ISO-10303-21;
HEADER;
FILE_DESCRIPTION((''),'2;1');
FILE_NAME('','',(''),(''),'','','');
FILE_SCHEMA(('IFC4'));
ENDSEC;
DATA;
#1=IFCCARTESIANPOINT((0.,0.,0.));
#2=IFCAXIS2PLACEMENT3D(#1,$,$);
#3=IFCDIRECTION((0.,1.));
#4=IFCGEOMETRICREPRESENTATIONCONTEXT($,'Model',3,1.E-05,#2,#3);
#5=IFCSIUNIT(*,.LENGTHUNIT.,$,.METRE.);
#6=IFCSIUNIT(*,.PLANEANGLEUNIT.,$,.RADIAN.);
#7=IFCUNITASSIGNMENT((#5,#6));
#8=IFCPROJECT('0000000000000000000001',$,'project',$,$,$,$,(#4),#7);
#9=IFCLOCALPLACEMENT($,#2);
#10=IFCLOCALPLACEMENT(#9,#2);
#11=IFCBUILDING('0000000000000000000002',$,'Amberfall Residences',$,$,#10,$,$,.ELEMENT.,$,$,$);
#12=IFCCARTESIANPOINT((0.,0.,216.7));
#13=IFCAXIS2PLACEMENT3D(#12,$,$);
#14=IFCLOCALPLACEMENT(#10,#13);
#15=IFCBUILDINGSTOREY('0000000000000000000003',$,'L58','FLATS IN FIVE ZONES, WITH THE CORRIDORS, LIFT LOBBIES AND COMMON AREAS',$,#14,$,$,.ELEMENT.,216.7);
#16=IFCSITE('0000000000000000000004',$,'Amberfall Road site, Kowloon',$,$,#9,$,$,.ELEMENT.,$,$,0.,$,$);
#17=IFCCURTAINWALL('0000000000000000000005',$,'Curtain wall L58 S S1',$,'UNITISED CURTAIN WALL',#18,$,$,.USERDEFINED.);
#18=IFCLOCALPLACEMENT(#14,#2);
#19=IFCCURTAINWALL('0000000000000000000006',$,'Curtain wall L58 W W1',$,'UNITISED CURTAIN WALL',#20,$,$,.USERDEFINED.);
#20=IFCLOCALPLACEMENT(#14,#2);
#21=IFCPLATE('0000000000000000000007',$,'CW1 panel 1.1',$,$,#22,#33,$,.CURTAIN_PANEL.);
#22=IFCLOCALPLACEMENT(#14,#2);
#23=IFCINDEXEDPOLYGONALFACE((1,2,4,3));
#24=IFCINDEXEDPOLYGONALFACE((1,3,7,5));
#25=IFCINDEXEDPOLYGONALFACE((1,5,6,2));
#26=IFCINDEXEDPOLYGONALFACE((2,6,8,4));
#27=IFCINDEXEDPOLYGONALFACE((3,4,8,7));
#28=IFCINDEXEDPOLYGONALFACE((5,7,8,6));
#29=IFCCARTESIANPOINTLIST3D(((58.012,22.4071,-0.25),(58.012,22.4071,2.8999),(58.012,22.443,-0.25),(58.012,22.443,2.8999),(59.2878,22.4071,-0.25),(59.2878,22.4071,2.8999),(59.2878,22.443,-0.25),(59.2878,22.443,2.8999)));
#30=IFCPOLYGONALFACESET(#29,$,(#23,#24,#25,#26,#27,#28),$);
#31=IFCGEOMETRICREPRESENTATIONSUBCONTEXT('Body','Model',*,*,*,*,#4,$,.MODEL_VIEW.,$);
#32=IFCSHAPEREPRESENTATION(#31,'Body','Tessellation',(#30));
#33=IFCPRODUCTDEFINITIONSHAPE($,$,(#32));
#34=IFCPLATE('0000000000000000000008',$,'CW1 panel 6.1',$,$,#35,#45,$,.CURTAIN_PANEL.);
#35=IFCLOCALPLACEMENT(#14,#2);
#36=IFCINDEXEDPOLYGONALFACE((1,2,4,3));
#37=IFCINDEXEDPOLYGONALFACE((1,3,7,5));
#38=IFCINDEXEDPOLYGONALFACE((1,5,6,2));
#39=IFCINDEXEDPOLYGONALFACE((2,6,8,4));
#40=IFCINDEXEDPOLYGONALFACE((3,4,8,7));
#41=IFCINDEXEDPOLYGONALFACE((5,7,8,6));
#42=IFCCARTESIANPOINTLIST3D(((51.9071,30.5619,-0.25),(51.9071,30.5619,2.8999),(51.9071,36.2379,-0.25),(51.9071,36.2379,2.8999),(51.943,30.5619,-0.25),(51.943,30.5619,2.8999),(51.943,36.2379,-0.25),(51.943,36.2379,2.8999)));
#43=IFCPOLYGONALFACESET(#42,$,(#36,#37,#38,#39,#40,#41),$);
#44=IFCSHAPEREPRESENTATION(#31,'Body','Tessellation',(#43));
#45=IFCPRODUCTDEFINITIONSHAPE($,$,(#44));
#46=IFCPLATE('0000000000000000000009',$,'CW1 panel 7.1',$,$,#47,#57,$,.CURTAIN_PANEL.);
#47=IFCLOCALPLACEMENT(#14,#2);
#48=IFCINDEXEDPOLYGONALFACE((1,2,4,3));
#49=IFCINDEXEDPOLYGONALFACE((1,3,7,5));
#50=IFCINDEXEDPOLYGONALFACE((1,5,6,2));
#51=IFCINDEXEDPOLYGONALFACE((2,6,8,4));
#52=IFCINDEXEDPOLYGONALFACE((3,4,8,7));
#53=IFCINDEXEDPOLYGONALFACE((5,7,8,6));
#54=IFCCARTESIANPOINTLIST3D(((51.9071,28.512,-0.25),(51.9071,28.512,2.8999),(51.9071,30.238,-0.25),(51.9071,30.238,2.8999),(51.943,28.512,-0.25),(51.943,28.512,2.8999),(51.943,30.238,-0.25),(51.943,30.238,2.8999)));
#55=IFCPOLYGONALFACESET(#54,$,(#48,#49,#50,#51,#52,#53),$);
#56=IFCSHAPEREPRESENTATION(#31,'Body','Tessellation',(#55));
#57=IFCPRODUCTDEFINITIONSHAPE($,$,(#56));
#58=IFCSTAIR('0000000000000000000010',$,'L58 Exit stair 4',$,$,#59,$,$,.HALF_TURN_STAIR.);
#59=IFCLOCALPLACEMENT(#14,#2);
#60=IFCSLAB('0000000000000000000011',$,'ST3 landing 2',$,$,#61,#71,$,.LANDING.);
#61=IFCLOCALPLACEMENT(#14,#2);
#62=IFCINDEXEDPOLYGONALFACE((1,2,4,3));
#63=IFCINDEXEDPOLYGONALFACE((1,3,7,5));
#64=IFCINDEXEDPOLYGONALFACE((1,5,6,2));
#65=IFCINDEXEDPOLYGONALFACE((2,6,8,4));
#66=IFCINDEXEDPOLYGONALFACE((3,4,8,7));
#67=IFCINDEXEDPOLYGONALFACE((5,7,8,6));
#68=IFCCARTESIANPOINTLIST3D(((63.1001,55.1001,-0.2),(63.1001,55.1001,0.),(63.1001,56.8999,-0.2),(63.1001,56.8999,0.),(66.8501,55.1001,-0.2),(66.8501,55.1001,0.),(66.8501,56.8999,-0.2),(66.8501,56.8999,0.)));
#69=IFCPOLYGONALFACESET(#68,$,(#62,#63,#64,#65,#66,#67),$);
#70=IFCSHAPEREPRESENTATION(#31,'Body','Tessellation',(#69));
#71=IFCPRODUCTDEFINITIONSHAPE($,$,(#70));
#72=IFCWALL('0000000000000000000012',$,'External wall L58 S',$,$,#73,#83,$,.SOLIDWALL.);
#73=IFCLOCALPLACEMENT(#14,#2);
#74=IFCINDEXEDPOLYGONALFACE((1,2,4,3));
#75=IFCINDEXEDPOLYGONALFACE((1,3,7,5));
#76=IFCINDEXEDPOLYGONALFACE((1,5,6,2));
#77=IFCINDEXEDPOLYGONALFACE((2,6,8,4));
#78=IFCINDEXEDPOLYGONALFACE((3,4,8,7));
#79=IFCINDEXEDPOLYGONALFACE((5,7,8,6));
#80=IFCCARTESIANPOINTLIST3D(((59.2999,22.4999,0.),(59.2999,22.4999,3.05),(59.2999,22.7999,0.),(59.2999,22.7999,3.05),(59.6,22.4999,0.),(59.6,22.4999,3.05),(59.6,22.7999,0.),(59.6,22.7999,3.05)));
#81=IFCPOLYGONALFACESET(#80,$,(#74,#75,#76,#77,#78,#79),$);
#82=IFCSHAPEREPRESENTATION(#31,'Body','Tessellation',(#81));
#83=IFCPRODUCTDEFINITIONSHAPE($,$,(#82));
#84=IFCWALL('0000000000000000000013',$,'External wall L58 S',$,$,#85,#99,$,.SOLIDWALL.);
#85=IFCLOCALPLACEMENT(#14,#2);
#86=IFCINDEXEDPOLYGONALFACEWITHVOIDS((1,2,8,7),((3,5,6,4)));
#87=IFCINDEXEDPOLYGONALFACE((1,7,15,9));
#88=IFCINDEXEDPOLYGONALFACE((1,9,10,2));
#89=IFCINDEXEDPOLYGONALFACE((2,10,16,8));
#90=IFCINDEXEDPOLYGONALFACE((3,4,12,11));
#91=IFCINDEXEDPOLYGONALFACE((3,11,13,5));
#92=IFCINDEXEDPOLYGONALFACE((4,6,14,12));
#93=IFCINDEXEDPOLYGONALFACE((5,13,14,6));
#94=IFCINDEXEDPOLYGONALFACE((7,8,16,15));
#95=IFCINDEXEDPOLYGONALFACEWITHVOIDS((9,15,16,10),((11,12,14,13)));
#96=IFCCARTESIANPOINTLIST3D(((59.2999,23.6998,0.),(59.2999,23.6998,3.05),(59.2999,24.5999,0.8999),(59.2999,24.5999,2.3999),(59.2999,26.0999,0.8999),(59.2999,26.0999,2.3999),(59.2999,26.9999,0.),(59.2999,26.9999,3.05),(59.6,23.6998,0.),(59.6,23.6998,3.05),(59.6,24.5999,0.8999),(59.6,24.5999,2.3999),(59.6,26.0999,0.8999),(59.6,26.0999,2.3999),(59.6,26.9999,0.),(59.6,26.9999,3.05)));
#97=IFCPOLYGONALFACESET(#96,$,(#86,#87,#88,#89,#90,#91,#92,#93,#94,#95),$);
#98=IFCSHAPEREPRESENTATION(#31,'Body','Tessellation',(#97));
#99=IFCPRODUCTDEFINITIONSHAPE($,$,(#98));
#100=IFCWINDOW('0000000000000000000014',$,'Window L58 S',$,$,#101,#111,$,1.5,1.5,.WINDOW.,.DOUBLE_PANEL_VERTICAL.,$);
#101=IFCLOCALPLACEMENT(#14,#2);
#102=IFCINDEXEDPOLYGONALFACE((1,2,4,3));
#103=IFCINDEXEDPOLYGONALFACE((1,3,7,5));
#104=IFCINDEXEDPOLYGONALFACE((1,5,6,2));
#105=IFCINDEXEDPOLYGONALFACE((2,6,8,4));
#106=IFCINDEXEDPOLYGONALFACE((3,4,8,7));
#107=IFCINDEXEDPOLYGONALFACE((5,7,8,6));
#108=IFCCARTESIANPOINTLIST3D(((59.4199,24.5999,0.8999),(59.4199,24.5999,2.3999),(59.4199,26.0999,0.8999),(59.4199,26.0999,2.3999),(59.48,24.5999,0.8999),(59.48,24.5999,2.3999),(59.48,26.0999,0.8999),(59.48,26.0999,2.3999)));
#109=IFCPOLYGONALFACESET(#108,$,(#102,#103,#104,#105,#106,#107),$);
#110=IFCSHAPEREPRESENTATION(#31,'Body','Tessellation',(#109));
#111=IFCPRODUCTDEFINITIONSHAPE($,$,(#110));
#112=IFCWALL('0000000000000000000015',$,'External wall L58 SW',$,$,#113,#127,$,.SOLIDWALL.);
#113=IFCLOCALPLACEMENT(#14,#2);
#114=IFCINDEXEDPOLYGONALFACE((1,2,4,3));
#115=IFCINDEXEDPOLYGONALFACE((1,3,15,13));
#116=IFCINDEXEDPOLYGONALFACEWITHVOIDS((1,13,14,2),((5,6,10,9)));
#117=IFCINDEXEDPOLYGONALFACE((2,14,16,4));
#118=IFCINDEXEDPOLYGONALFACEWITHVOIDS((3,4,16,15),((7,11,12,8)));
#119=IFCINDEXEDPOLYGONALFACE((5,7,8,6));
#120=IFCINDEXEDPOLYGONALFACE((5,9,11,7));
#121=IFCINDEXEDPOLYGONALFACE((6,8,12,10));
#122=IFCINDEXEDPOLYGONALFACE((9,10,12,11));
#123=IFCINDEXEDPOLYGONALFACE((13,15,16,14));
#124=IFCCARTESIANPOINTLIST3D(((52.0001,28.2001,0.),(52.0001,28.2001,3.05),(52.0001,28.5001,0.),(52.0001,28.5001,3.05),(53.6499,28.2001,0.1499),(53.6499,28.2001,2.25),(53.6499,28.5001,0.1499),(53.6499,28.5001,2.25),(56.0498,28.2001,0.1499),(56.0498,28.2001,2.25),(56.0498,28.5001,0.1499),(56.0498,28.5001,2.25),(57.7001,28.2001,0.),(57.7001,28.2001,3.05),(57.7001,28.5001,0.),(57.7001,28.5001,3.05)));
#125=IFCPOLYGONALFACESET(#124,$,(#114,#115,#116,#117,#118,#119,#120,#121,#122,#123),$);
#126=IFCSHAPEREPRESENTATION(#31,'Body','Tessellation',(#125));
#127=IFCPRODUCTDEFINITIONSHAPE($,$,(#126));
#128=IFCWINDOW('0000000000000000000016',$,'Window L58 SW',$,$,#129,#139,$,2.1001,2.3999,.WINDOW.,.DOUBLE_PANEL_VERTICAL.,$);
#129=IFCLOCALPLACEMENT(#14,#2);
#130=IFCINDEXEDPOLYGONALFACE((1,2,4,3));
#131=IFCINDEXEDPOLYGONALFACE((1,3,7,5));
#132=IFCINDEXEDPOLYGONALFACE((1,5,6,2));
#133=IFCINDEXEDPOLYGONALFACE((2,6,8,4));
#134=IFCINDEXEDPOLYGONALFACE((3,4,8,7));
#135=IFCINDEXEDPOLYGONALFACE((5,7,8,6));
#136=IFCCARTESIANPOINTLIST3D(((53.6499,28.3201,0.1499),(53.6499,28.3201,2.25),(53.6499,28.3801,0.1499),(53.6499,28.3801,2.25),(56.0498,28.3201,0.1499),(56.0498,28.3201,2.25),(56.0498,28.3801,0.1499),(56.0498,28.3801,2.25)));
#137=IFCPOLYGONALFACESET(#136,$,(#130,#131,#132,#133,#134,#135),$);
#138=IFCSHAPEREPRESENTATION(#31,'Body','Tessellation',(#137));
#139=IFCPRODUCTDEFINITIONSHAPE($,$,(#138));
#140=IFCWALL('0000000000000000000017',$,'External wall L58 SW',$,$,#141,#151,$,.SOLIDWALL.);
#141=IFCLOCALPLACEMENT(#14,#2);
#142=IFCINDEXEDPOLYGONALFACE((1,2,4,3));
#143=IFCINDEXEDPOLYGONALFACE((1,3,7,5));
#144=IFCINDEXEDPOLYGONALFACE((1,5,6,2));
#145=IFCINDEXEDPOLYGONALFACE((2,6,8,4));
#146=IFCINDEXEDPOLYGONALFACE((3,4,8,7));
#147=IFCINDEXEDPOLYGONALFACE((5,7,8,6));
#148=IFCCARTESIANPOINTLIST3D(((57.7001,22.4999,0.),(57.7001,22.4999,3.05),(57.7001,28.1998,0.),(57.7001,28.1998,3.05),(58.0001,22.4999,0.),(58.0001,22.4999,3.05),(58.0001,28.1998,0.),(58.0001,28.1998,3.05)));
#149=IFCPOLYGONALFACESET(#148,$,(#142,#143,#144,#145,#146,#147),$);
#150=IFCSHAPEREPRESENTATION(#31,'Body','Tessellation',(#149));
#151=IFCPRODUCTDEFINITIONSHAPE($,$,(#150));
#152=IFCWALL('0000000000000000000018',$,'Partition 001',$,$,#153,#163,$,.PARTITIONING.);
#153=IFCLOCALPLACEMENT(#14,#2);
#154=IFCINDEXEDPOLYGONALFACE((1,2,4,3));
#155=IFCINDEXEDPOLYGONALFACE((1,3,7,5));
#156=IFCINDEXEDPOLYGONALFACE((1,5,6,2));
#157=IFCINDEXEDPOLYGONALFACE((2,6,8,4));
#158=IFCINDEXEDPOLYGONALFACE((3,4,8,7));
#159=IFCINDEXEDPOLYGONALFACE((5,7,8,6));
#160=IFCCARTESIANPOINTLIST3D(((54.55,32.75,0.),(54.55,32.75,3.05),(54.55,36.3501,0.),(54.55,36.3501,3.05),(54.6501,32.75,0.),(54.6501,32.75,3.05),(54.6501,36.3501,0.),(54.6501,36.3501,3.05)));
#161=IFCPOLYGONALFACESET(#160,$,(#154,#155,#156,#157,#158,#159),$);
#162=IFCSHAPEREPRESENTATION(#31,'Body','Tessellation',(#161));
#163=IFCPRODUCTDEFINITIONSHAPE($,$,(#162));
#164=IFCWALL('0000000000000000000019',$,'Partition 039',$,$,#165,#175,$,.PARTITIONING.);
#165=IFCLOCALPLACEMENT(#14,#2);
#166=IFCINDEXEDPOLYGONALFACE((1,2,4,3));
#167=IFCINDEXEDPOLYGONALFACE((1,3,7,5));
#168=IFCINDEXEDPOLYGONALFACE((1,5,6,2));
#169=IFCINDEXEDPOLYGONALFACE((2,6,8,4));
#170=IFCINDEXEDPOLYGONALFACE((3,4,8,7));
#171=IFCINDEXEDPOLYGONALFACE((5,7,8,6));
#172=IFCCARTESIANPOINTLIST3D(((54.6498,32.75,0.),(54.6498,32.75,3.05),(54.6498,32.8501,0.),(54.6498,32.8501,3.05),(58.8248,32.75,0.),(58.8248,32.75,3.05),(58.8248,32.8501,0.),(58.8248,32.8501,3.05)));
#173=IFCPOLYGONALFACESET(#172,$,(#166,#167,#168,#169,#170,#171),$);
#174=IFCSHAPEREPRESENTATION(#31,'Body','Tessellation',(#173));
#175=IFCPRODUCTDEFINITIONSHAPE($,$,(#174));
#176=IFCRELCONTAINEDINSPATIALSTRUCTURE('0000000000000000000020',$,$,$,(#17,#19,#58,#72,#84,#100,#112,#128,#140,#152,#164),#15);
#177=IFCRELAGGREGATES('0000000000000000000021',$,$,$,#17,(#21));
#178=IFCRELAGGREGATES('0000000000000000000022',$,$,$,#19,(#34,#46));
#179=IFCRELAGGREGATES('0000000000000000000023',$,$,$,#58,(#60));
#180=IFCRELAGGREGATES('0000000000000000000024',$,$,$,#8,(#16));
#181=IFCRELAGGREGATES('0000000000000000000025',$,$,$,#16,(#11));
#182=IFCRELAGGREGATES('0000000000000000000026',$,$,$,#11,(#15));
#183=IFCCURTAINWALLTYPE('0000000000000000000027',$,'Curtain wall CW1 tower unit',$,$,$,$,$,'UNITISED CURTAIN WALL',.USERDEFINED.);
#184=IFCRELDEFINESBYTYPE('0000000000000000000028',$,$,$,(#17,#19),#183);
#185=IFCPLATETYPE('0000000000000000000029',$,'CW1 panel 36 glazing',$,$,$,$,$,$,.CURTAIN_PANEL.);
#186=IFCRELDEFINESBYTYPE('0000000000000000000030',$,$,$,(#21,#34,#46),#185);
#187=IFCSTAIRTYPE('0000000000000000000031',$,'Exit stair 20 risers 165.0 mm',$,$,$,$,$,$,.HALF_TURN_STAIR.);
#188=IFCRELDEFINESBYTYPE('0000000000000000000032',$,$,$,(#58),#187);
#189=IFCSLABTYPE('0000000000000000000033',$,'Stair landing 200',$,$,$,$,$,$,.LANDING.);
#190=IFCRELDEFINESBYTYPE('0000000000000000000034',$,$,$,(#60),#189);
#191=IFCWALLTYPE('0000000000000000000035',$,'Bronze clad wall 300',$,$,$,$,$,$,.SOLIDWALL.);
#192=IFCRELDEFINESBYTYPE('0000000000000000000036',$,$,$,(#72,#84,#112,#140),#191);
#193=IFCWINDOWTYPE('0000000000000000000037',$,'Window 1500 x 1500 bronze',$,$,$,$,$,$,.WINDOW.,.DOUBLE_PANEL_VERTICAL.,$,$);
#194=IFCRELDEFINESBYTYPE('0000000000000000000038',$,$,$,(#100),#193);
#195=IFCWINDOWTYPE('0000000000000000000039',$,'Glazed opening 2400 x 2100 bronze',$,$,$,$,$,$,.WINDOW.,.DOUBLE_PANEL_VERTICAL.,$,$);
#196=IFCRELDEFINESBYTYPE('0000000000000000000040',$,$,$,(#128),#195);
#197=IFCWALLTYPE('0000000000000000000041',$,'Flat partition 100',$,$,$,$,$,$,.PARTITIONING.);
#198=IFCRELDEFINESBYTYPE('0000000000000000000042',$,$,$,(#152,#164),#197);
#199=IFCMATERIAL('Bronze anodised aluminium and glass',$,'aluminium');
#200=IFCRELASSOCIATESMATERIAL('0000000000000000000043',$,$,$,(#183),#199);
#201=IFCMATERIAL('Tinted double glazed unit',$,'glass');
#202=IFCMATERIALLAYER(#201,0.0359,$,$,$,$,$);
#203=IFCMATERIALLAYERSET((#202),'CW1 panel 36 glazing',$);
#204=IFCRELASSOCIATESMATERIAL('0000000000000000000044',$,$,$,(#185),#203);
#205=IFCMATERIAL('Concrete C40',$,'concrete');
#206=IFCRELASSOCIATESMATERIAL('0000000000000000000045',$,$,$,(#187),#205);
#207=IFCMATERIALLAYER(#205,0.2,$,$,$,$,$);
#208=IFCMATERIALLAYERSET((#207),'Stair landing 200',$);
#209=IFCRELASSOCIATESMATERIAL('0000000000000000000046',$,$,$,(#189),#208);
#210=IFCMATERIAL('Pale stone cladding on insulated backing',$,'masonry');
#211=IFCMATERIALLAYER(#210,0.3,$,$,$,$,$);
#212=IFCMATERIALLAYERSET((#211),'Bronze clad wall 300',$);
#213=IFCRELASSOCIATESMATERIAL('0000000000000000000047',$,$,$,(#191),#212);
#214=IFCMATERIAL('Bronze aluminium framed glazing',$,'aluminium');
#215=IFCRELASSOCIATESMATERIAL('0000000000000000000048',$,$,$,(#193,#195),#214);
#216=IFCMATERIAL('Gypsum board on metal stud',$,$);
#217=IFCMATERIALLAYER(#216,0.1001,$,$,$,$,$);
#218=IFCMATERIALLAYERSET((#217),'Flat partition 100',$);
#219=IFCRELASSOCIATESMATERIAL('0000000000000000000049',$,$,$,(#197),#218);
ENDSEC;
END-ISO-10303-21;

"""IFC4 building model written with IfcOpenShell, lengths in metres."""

from ifc_helpers import new_model, si_unit, direction, frame, frame_2d, origin, origin_2d, place, context, subcontext, project, spatial, polyline, rectangle, outline, extrude, material, layer, layer_set, type_object, element, fill, aggregate, save


model = new_model("IFC4")

# Units and contexts
model_context = context("Model", 3, precision=1e-05, world=origin(), true_north=direction((0.0, 1.0)))
body_context = subcontext(model_context, "Body", "Model", "MODEL_VIEW")
ifc_project = project(units=[si_unit("LENGTHUNIT", "METRE"), si_unit("PLANEANGLEUNIT", "RADIAN")], contexts=[model_context])

# Site, building, storey
site_placement = place(None, origin())
site = spatial("IfcSite", under=ifc_project, at=site_placement, Name="Amberfall Road site, Kowloon", CompositionType="ELEMENT", RefElevation=0.0)
building_placement = place(site_placement, origin())
building = spatial("IfcBuilding", under=site, at=building_placement, Name="Amberfall Residences", CompositionType="ELEMENT")
storey_placement = place(building_placement, frame((0.0, 0.0, 216.7)))
storey = spatial("IfcBuildingStorey", under=building, at=storey_placement, Name="L58", Description="FLATS IN FIVE ZONES, WITH THE CORRIDORS, LIFT LOBBIES AND COMMON AREAS", CompositionType="ELEMENT", Elevation=216.7)

# Curtain walls
ifc_material_1 = material(Name="Bronze anodised aluminium and glass", Category="aluminium")
curtain_wall_type = type_object("IfcCurtainWallType", Name="Curtain wall CW1 tower unit", ElementType="UNITISED CURTAIN WALL", PredefinedType="USERDEFINED", material=ifc_material_1)
curtain_wall_1_placement = place(storey_placement, origin())
curtain_wall_1 = element("IfcCurtainWall", 1, at=curtain_wall_1_placement, inside=storey, type_object=curtain_wall_type, Name="Curtain wall L58 S S1", ObjectType="UNITISED CURTAIN WALL", PredefinedType="USERDEFINED")
curtain_wall_2_placement = place(storey_placement, origin())
curtain_wall_2 = element("IfcCurtainWall", 2, at=curtain_wall_2_placement, inside=storey, type_object=curtain_wall_type, Name="Curtain wall L58 W W1", ObjectType="UNITISED CURTAIN WALL", PredefinedType="USERDEFINED")

# Plates
ifc_material_2 = material(Name="Tinted double glazed unit", Category="glass")
ifc_layer_1 = layer(ifc_material_2, 0.0359)
ifc_layer_set_1 = layer_set([ifc_layer_1], Name="CW1 panel 36 glazing")
plate_type = type_object("IfcPlateType", Name="CW1 panel 36 glazing", PredefinedType="CURTAIN_PANEL", material=ifc_layer_set_1)
plate_1_placement = place(storey_placement, frame((58.6499, 22.425, -0.25), z_axis=(0.0, 0.0, 1.0), x_axis=(1.0, 0.0, 0.0)))
plate_1 = element("IfcPlate", 3, at=plate_1_placement, type_object=plate_type, Name="CW1 panel 1.1", PredefinedType="CURTAIN_PANEL", context=body_context, shape_type="SweptSolid", body=[
    extrude(rectangle(XDim=1.2759, YDim=0.0359, at=origin_2d()), origin(), (0.0, 0.0, 1.0), 3.1499),
])
aggregate(curtain_wall_1, [plate_1])
plate_2_placement = place(storey_placement, frame((51.925, 33.3999, -0.25), z_axis=(0.0, 0.0, 1.0), x_axis=(0.0, -1.0, 0.0)))
plate_2 = element("IfcPlate", 4, at=plate_2_placement, type_object=plate_type, Name="CW1 panel 6.1", PredefinedType="CURTAIN_PANEL", context=body_context, shape_type="SweptSolid", body=[
    extrude(rectangle(XDim=5.676, YDim=0.0359, at=origin_2d()), origin(), (0.0, 0.0, 1.0), 3.1499),
])
plate_3_placement = place(storey_placement, frame((51.925, 29.375, -0.25), z_axis=(0.0, 0.0, 1.0), x_axis=(0.0, -1.0, 0.0)))
plate_3 = element("IfcPlate", 5, at=plate_3_placement, type_object=plate_type, Name="CW1 panel 7.1", PredefinedType="CURTAIN_PANEL", context=body_context, shape_type="SweptSolid", body=[
    extrude(rectangle(XDim=1.7261, YDim=0.0359, at=origin_2d()), origin(), (0.0, 0.0, 1.0), 3.1499),
])
aggregate(curtain_wall_2, [plate_2, plate_3])

# Stair, slab
ifc_material_3 = material(Name="Concrete C40", Category="concrete")
stair_type = type_object("IfcStairType", Name="Exit stair 20 risers 165.0 mm", PredefinedType="HALF_TURN_STAIR", material=ifc_material_3)
stair_placement = place(storey_placement, origin())
stair = element("IfcStair", 6, at=stair_placement, inside=storey, type_object=stair_type, Name="L58 Exit stair 4", PredefinedType="HALF_TURN_STAIR")
ifc_layer_2 = layer(ifc_material_3, 0.2)
ifc_layer_set_2 = layer_set([ifc_layer_2], Name="Stair landing 200")
slab_type = type_object("IfcSlabType", Name="Stair landing 200", PredefinedType="LANDING", material=ifc_layer_set_2)
slab_placement = place(storey_placement, frame((0.0, 0.0, -0.2)))
slab = element("IfcSlab", 7, at=slab_placement, type_object=slab_type, Name="ST3 landing 2", PredefinedType="LANDING", context=body_context, shape_type="SweptSolid", body=[
    extrude(outline(polyline([(63.1001, 56.8999), (63.1001, 55.1001), (66.8501, 55.1001), (66.8501, 56.8999), (63.1001, 56.8999)])), origin(), (0.0, 0.0, 1.0), 0.2),
])
aggregate(stair, [slab])

# Wall
ifc_material_4 = material(Name="Pale stone cladding on insulated backing", Category="masonry")
ifc_layer_3 = layer(ifc_material_4, 0.3)
ifc_layer_set_3 = layer_set([ifc_layer_3], Name="Bronze clad wall 300")
wall_type_1 = type_object("IfcWallType", Name="Bronze clad wall 300", PredefinedType="SOLIDWALL", material=ifc_layer_set_3)
wall_1_placement = place(storey_placement, frame((59.45, 22.5, 0.0), z_axis=(0.0, 0.0, 1.0), x_axis=(0.0, 1.0, 0.0)))
element("IfcWall", 8, at=wall_1_placement, inside=storey, type_object=wall_type_1, Name="External wall L58 S", PredefinedType="SOLIDWALL", context=body_context, shape_type="SweptSolid", body=[
    extrude(rectangle(XDim=0.3, YDim=0.3, at=frame_2d((0.1499, 0.0))), origin(), (0.0, 0.0, 1.0), 3.05),
])

# Walls, openings, windows
wall_2_placement = place(storey_placement, frame((59.45, 23.7, 0.0), z_axis=(0.0, 0.0, 1.0), x_axis=(0.0, 1.0, 0.0)))
wall_2 = element("IfcWall", 9, at=wall_2_placement, inside=storey, type_object=wall_type_1, Name="External wall L58 S", PredefinedType="SOLIDWALL", context=body_context, shape_type="SweptSolid", body=[
    extrude(rectangle(XDim=3.3, YDim=0.3, at=frame_2d((1.6499, 0.0))), origin(), (0.0, 0.0, 1.0), 3.05),
])
opening_1_placement = place(wall_2_placement, frame((0.8999, 0.0, 0.8999)))
opening_1 = element("IfcOpeningElement", 10, at=opening_1_placement, cuts=wall_2, PredefinedType="OPENING", context=body_context, shape_type="SweptSolid", body=[
    extrude(rectangle(XDim=1.5, YDim=1.5, at=frame_2d((0.75, 0.75))), frame((0.0, 0.1599, 0.0), z_axis=(0.0, -1.0, 0.0), x_axis=(1.0, 0.0, 0.0)), (0.0, 0.0, 1.0), 0.3201),
])
ifc_material_5 = material(Name="Bronze aluminium framed glazing", Category="aluminium")
window_type_1 = type_object("IfcWindowType", Name="Window 1500 x 1500 bronze", PartitioningType="DOUBLE_PANEL_VERTICAL", PredefinedType="WINDOW", material=ifc_material_5)
window_1_placement = place(opening_1_placement, origin())
window_1 = element("IfcWindow", 11, at=window_1_placement, inside=storey, type_object=window_type_1, Name="Window L58 S", OverallHeight=1.5, OverallWidth=1.5, PartitioningType="DOUBLE_PANEL_VERTICAL", PredefinedType="WINDOW", context=body_context, shape_type="SweptSolid", body=[
    extrude(rectangle(XDim=1.5, YDim=1.5, at=frame_2d((0.75, 0.75))), frame((0.0, 0.03, 0.0), z_axis=(0.0, -1.0, 0.0), x_axis=(1.0, 0.0, 0.0)), (0.0, 0.0, 1.0), 0.0601),
])
fill(opening_1, window_1)
wall_3_placement = place(storey_placement, frame((52.0, 28.3501, 0.0), z_axis=(0.0, 0.0, 1.0), x_axis=(1.0, 0.0, 0.0)))
wall_3 = element("IfcWall", 12, at=wall_3_placement, inside=storey, type_object=wall_type_1, Name="External wall L58 SW", PredefinedType="SOLIDWALL", context=body_context, shape_type="SweptSolid", body=[
    extrude(rectangle(XDim=5.7, YDim=0.3, at=frame_2d((2.8501, 0.0))), origin(), (0.0, 0.0, 1.0), 3.05),
])
opening_2_placement = place(wall_3_placement, frame((1.6499, 0.0, 0.1499)))
opening_2 = element("IfcOpeningElement", 13, at=opening_2_placement, cuts=wall_3, PredefinedType="OPENING", context=body_context, shape_type="SweptSolid", body=[
    extrude(rectangle(XDim=2.3999, YDim=2.1001, at=frame_2d((1.2, 1.05))), frame((0.0, 0.1599, 0.0), z_axis=(0.0, -1.0, 0.0), x_axis=(1.0, 0.0, 0.0)), (0.0, 0.0, 1.0), 0.3201),
])
window_type_2 = type_object("IfcWindowType", Name="Glazed opening 2400 x 2100 bronze", PartitioningType="DOUBLE_PANEL_VERTICAL", PredefinedType="WINDOW", material=ifc_material_5)
window_2_placement = place(opening_2_placement, origin())
window_2 = element("IfcWindow", 14, at=window_2_placement, inside=storey, type_object=window_type_2, Name="Window L58 SW", OverallHeight=2.1001, OverallWidth=2.3999, PartitioningType="DOUBLE_PANEL_VERTICAL", PredefinedType="WINDOW", context=body_context, shape_type="SweptSolid", body=[
    extrude(rectangle(XDim=2.3999, YDim=2.1001, at=frame_2d((1.2, 1.05))), frame((0.0, 0.03, 0.0), z_axis=(0.0, -1.0, 0.0), x_axis=(1.0, 0.0, 0.0)), (0.0, 0.0, 1.0), 0.0601),
])
fill(opening_2, window_2)

# Walls
wall_4_placement = place(storey_placement, frame((57.8501, 28.2, 0.0), z_axis=(0.0, 0.0, 1.0), x_axis=(0.0, -1.0, 0.0)))
element("IfcWall", 15, at=wall_4_placement, inside=storey, type_object=wall_type_1, Name="External wall L58 SW", PredefinedType="SOLIDWALL", context=body_context, shape_type="SweptSolid", body=[
    extrude(rectangle(XDim=5.7, YDim=0.3, at=frame_2d((2.8501, 0.0))), origin(), (0.0, 0.0, 1.0), 3.05),
])
ifc_material_6 = material(Name="Gypsum board on metal stud")
ifc_layer_4 = layer(ifc_material_6, 0.1001)
ifc_layer_set_4 = layer_set([ifc_layer_4], Name="Flat partition 100")
wall_type_2 = type_object("IfcWallType", Name="Flat partition 100", PredefinedType="PARTITIONING", material=ifc_layer_set_4)
wall_5_placement = place(storey_placement, frame((54.6001, 32.75, 0.0), z_axis=(0.0, 0.0, 1.0), x_axis=(0.0, 1.0, 0.0)))
element("IfcWall", 16, at=wall_5_placement, inside=storey, type_object=wall_type_2, Name="Partition 001", PredefinedType="PARTITIONING", context=body_context, shape_type="SweptSolid", body=[
    extrude(rectangle(XDim=3.6001, YDim=0.1001, at=frame_2d((1.8, 0.0))), origin(), (0.0, 0.0, 1.0), 3.05),
])
wall_6_placement = place(storey_placement, frame((54.6499, 32.8, 0.0), z_axis=(0.0, 0.0, 1.0), x_axis=(1.0, 0.0, 0.0)))
element("IfcWall", 17, at=wall_6_placement, inside=storey, type_object=wall_type_2, Name="Partition 039", PredefinedType="PARTITIONING", context=body_context, shape_type="SweptSolid", body=[
    extrude(rectangle(XDim=4.175, YDim=0.1001, at=frame_2d((2.0874, 0.0))), origin(), (0.0, 0.0, 1.0), 3.05),
])

save(model, "model.ifc")
